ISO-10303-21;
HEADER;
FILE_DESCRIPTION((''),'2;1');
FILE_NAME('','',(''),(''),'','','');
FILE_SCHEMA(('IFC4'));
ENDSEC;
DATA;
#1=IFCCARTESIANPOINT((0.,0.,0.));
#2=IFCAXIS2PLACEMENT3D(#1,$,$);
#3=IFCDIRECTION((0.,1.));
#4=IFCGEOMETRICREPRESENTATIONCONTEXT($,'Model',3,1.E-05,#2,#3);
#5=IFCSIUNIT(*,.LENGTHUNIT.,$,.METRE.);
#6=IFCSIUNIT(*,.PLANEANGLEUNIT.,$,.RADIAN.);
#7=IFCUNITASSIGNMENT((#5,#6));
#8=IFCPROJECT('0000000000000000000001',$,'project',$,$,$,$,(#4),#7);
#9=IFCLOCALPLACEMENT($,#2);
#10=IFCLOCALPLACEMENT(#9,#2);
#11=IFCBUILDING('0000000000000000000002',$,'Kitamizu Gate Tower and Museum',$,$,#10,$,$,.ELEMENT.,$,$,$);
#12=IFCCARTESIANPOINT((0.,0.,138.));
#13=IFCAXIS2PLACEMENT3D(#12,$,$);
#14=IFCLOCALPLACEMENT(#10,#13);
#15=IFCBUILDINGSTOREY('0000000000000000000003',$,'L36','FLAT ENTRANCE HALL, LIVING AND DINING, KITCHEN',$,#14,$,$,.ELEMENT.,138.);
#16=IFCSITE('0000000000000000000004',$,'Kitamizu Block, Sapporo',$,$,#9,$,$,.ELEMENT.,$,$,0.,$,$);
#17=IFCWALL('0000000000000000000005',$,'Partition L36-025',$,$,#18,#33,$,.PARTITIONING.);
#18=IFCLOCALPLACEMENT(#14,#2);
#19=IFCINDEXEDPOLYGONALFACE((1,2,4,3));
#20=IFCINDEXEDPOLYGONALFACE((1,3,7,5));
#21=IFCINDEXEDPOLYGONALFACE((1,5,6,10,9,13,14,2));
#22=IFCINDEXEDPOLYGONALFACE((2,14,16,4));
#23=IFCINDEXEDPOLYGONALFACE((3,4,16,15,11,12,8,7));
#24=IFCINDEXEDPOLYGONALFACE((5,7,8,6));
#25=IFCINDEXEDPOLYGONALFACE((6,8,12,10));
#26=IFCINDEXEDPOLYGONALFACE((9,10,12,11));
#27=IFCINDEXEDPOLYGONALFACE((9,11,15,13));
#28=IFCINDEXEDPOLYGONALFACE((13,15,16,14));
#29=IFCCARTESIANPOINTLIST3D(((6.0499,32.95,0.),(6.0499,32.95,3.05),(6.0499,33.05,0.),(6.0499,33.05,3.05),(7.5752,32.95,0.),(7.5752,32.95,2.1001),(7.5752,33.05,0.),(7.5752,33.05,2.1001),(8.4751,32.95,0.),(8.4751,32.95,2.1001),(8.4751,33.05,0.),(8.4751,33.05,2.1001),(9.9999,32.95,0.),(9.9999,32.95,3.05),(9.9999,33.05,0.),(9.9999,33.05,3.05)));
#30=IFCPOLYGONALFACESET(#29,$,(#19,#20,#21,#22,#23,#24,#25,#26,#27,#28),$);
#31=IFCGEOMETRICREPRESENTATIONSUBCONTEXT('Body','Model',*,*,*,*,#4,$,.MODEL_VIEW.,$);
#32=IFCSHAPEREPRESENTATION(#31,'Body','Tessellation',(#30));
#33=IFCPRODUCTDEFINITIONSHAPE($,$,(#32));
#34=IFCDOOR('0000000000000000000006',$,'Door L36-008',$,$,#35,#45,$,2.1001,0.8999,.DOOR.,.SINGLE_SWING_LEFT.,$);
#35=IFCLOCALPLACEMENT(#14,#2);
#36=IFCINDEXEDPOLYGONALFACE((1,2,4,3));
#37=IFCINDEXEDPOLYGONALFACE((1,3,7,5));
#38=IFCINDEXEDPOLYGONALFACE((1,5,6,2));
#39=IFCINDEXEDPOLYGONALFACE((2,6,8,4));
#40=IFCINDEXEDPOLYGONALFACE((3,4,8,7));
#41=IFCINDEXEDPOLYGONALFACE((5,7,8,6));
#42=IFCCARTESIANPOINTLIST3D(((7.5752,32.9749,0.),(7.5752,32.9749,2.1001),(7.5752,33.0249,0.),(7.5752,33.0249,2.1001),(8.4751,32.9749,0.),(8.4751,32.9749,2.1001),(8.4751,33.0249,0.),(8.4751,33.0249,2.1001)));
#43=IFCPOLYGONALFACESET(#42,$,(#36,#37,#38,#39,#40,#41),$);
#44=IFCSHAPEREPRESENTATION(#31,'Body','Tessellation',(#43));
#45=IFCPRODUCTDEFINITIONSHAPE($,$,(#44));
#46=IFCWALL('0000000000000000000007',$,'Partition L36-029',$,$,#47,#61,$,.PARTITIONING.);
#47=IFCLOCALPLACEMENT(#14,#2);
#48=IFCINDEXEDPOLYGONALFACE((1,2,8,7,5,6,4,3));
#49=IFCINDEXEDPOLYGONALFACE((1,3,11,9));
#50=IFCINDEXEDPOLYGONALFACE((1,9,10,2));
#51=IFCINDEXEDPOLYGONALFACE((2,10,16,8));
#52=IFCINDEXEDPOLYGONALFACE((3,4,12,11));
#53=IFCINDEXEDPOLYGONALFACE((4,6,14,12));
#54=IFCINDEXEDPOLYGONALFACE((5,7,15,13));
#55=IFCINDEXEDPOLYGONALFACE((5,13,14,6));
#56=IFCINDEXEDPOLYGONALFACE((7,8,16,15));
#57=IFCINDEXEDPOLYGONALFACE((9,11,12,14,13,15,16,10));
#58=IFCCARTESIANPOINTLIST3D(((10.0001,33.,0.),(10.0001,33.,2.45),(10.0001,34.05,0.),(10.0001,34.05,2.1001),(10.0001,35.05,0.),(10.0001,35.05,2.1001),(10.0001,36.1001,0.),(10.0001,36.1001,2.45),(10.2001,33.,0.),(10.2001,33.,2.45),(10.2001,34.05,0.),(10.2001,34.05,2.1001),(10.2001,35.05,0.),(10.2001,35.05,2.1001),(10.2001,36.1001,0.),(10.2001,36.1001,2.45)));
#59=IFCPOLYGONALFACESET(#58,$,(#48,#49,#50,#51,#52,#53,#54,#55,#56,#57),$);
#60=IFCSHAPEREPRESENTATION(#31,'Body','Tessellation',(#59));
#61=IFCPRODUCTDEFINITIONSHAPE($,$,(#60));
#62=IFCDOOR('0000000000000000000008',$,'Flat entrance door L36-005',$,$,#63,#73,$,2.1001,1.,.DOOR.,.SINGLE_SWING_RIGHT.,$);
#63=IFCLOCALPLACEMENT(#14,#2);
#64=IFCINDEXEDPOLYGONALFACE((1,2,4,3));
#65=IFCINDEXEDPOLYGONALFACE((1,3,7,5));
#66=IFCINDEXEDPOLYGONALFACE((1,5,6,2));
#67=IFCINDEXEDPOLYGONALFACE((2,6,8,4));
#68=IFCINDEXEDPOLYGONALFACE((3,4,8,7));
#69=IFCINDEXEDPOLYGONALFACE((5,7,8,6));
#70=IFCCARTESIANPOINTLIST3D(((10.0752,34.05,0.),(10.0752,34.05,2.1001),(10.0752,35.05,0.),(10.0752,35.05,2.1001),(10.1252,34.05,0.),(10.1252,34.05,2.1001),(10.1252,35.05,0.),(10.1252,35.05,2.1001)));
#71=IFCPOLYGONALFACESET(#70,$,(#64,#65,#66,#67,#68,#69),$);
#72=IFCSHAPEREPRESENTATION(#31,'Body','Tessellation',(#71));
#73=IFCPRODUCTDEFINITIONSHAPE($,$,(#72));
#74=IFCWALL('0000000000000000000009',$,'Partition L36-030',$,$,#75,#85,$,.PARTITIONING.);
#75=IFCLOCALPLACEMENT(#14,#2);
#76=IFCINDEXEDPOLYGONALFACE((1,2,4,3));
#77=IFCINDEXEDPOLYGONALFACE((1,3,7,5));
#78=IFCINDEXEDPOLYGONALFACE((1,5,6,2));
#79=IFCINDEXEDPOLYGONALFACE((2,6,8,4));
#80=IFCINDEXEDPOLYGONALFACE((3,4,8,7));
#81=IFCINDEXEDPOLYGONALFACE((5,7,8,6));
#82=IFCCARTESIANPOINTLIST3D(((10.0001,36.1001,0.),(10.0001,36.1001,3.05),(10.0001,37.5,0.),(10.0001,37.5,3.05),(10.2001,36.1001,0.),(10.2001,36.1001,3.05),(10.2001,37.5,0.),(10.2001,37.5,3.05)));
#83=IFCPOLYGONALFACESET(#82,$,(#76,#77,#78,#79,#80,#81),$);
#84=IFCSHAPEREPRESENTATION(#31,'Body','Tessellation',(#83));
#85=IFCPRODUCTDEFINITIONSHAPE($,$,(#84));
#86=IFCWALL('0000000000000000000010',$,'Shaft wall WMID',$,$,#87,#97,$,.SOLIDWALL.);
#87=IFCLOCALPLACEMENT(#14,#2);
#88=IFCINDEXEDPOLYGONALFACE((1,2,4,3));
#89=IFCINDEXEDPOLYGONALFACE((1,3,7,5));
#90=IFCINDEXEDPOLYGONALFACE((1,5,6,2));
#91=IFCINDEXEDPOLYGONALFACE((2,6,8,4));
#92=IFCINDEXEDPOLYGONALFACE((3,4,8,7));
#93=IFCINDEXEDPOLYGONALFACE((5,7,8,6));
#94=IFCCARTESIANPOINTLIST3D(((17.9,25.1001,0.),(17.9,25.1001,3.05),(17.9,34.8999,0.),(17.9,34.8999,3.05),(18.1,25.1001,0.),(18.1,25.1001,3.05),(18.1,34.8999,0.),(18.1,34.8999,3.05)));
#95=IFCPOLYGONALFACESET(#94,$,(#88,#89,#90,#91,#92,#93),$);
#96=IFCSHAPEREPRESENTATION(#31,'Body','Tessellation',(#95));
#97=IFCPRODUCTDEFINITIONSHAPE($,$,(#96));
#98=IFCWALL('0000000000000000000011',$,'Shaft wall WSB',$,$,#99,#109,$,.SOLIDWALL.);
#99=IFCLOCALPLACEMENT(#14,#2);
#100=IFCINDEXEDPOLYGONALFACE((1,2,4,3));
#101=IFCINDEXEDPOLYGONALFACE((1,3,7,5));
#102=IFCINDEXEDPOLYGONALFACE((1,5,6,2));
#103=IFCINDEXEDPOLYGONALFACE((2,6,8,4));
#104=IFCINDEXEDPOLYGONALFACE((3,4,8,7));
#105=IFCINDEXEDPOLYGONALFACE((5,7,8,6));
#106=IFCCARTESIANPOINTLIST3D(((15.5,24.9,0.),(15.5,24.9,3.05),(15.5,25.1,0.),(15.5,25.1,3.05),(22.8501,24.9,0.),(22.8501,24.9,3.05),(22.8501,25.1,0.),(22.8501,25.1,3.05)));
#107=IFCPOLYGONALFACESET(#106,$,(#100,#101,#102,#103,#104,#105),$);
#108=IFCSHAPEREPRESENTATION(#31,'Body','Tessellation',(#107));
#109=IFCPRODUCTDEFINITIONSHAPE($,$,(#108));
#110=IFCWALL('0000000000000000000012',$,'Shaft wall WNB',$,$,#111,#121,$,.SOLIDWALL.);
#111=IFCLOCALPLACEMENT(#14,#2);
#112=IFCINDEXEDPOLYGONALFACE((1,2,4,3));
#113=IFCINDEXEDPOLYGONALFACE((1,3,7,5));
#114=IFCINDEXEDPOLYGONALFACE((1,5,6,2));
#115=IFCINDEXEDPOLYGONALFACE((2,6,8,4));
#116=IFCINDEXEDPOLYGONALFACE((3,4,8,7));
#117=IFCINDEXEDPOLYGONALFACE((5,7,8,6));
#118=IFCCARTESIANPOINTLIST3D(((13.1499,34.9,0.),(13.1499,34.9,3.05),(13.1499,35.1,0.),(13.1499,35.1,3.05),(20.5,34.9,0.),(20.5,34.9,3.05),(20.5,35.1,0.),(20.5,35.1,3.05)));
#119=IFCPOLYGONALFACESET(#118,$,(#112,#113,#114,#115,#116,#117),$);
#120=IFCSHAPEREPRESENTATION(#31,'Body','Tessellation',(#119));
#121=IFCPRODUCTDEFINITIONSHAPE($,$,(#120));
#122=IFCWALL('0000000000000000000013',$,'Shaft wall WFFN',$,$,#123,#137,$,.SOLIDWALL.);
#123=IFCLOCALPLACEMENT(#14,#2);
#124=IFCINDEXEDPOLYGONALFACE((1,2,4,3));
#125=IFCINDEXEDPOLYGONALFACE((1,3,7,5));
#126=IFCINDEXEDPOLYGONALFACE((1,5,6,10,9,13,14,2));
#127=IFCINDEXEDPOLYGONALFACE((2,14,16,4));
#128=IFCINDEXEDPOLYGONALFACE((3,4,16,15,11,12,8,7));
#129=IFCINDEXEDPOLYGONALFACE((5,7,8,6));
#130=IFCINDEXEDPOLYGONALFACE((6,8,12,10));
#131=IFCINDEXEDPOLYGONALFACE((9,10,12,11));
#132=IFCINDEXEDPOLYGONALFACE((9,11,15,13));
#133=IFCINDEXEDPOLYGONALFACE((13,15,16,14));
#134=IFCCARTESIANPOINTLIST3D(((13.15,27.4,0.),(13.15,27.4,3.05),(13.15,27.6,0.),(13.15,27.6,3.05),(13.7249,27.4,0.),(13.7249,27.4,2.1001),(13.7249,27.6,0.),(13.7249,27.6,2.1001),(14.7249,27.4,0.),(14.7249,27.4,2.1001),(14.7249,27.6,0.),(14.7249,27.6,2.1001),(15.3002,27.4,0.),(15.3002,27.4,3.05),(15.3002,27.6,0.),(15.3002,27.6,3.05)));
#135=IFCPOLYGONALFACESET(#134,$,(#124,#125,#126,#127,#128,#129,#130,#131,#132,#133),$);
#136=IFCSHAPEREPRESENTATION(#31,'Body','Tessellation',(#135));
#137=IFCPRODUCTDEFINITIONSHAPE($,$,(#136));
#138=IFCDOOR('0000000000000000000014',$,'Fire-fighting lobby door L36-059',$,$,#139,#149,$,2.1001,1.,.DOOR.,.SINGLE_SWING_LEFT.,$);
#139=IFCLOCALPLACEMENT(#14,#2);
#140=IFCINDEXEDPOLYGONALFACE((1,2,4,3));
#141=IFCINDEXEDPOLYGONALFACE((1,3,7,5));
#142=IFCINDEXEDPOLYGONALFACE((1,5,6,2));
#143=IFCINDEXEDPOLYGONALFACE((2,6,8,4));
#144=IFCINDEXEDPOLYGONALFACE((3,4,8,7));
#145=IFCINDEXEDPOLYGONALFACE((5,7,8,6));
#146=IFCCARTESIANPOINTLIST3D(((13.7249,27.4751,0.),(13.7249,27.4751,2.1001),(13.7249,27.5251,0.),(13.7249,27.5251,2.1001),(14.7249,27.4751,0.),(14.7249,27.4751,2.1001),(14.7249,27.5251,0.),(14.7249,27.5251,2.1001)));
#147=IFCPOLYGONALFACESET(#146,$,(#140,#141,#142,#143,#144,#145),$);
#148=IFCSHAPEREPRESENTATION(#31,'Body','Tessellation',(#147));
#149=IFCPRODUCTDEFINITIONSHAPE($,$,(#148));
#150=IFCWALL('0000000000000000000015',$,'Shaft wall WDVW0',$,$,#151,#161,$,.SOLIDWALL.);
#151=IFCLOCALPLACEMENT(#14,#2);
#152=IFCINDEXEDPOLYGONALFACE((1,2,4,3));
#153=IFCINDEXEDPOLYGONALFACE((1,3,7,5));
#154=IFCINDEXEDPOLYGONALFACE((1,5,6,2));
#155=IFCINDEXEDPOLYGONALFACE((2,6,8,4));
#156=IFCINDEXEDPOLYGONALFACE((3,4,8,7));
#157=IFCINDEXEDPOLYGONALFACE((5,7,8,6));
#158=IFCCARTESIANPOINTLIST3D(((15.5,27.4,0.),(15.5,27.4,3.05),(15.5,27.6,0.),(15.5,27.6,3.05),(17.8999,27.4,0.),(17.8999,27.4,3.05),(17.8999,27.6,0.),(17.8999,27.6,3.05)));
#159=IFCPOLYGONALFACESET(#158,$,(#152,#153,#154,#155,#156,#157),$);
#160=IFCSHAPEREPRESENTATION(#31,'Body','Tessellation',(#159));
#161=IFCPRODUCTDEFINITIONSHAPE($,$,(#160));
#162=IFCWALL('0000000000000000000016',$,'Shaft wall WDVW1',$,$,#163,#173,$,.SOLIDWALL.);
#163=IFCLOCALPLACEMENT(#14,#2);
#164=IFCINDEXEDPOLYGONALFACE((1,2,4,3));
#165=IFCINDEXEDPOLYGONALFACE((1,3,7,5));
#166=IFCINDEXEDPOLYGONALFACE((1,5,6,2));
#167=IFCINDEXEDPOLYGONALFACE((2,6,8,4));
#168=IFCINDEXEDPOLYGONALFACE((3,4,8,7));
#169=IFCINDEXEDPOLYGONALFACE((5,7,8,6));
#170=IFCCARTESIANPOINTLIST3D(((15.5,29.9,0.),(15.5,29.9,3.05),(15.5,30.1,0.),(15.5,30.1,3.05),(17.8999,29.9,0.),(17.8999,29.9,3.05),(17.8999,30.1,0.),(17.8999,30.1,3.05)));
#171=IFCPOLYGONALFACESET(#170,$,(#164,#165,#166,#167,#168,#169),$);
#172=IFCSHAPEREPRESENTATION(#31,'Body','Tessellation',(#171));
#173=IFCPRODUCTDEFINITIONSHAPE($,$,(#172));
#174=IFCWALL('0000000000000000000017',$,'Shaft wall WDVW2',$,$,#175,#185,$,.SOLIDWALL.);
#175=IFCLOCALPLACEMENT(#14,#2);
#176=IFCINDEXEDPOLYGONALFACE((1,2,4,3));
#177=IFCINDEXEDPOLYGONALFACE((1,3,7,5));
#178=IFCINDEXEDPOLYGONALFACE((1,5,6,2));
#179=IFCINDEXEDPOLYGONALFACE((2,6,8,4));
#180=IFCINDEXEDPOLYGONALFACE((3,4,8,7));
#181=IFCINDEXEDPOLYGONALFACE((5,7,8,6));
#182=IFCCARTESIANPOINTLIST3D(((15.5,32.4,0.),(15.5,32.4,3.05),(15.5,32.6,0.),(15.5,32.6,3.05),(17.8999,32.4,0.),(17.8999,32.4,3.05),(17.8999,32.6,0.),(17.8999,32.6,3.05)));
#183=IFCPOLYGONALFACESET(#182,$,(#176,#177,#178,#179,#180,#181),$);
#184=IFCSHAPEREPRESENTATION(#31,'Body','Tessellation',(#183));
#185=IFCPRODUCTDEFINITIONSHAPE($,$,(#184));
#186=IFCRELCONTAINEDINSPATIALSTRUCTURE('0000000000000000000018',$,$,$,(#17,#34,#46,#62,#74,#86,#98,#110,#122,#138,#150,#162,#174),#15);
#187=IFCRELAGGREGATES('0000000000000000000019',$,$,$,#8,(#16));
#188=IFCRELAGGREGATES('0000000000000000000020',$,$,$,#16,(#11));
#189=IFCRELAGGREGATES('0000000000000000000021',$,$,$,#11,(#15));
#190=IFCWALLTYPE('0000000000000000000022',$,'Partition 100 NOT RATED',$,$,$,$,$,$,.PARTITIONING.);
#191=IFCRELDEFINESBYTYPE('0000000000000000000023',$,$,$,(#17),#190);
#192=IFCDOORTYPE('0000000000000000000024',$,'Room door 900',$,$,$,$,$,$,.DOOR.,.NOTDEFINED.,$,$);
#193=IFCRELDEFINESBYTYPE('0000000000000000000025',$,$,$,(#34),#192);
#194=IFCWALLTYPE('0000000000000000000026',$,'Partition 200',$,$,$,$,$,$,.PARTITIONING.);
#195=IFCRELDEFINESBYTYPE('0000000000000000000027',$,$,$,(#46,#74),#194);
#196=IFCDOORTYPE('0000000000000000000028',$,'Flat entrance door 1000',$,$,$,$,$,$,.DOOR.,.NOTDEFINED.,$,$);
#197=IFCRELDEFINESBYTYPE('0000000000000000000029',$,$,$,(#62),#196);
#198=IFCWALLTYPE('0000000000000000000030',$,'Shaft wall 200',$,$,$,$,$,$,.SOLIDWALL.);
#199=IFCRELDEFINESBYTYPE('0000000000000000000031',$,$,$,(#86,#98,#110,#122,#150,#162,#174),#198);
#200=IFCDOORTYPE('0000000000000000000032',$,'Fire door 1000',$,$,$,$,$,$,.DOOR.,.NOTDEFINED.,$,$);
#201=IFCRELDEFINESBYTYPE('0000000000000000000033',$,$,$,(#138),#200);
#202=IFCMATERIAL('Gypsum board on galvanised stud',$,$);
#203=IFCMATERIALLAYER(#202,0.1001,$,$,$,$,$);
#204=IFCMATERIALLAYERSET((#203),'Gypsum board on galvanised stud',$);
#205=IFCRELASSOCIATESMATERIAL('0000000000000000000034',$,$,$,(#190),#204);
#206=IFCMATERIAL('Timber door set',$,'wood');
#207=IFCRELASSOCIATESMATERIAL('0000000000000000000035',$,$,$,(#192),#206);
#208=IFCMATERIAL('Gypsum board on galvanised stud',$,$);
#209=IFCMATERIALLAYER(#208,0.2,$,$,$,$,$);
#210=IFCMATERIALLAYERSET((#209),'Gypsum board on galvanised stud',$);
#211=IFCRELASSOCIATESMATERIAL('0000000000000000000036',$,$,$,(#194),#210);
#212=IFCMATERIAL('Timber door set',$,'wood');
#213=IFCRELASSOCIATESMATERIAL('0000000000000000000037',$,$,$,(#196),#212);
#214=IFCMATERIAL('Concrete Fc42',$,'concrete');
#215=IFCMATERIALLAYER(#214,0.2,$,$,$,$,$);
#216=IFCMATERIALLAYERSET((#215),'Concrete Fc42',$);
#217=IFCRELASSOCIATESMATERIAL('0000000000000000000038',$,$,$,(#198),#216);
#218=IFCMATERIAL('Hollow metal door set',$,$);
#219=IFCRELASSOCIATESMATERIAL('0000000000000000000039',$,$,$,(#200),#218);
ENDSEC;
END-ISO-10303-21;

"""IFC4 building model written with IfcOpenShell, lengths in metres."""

from ifc_helpers import new_model, si_unit, direction, frame, frame_2d, origin, place, context, subcontext, project, spatial, rectangle, extrude, material, layer, layer_set, type_object, element, fill, save


model = new_model("IFC4")

# Units and contexts
model_context = context("Model", 3, precision=1e-05, world=origin(), true_north=direction((0.0, 1.0)))
body_context = subcontext(model_context, "Body", "Model", "MODEL_VIEW")
ifc_project = project(units=[si_unit("LENGTHUNIT", "METRE"), si_unit("PLANEANGLEUNIT", "RADIAN")], contexts=[model_context])

# Site, building, storey
site_placement = place(None, origin())
site = spatial("IfcSite", under=ifc_project, at=site_placement, Name="Kitamizu Block, Sapporo", CompositionType="ELEMENT", RefElevation=0.0)
building_placement = place(site_placement, origin())
building = spatial("IfcBuilding", under=site, at=building_placement, Name="Kitamizu Gate Tower and Museum", CompositionType="ELEMENT")
storey_placement = place(building_placement, frame((0.0, 0.0, 138.0)))
storey = spatial("IfcBuildingStorey", under=building, at=storey_placement, Name="L36", Description="FLAT ENTRANCE HALL, LIVING AND DINING, KITCHEN", CompositionType="ELEMENT", Elevation=138.0)

# Shared definitions
ifc_material_1 = material(Name="Gypsum board on galvanised stud")
ifc_layer_1 = layer(ifc_material_1, 0.1001)
ifc_layer_set_1 = layer_set([ifc_layer_1], Name="Gypsum board on galvanised stud")
wall_type_1 = type_object("IfcWallType", Name="Partition 100 NOT RATED", PredefinedType="PARTITIONING", material=ifc_layer_set_1)

# Walls, openings, doors
ifc_material_2 = material(Name="Timber door set", Category="wood")
door_type_1 = type_object("IfcDoorType", Name="Room door 900", OperationType="NOTDEFINED", PredefinedType="DOOR", material=ifc_material_2)
wall_1_placement = place(storey_placement, frame((10.0, 33.0, 0.0), z_axis=(0.0, 0.0, 1.0), x_axis=(-1.0, 0.0, 0.0)))
wall_1 = element("IfcWall", 1, at=wall_1_placement, inside=storey, type_object=wall_type_1, Name="Partition L36-025", PredefinedType="PARTITIONING", context=body_context, shape_type="SweptSolid", body=[
    extrude(rectangle(XDim=3.95, YDim=0.1001, at=frame_2d((1.9751, 0.0))), origin(), (0.0, 0.0, 1.0), 3.05),
])
opening_1_placement = place(wall_1_placement, frame((1.5249, 0.0, 0.0)))
opening_1 = element("IfcOpeningElement", 2, at=opening_1_placement, cuts=wall_1, PredefinedType="OPENING", context=body_context, shape_type="SweptSolid", body=[
    extrude(rectangle(XDim=0.8999, YDim=2.1001, at=frame_2d((0.45, 1.05))), frame((0.0, 0.0601, 0.0), z_axis=(0.0, -1.0, 0.0), x_axis=(1.0, 0.0, 0.0)), (0.0, 0.0, 1.0), 0.1201),
])
door_1_placement = place(opening_1_placement, frame((0.8999, 0.0, 0.0), x_axis=(-1.0, 0.0, 0.0)))
door_1 = element("IfcDoor", 3, at=door_1_placement, inside=storey, type_object=door_type_1, Name="Door L36-008", OperationType="SINGLE_SWING_LEFT", OverallHeight=2.1001, OverallWidth=0.8999, PredefinedType="DOOR", context=body_context, shape_type="SweptSolid", body=[
    extrude(rectangle(XDim=0.8999, YDim=2.1001, at=frame_2d((0.45, 1.05))), frame((0.0, 0.0249, 0.0), z_axis=(0.0, -1.0, 0.0), x_axis=(1.0, 0.0, 0.0)), (0.0, 0.0, 1.0), 0.05),
])
fill(opening_1, door_1)
ifc_material_3 = material(Name="Gypsum board on galvanised stud")
ifc_layer_2 = layer(ifc_material_3, 0.2)
ifc_layer_set_2 = layer_set([ifc_layer_2], Name="Gypsum board on galvanised stud")
wall_type_2 = type_object("IfcWallType", Name="Partition 200", PredefinedType="PARTITIONING", material=ifc_layer_set_2)
wall_2_placement = place(storey_placement, frame((10.1001, 33.0, 0.0), z_axis=(0.0, 0.0, 1.0), x_axis=(0.0, 1.0, 0.0)))
wall_2 = element("IfcWall", 4, at=wall_2_placement, inside=storey, type_object=wall_type_2, Name="Partition L36-029", PredefinedType="PARTITIONING", context=body_context, shape_type="SweptSolid", body=[
    extrude(rectangle(XDim=3.1001, YDim=0.2, at=frame_2d((1.55, 0.0))), origin(), (0.0, 0.0, 1.0), 2.45),
])
opening_2_placement = place(wall_2_placement, frame((1.05, 0.0, 0.0)))
opening_2 = element("IfcOpeningElement", 5, at=opening_2_placement, cuts=wall_2, PredefinedType="OPENING", context=body_context, shape_type="SweptSolid", body=[
    extrude(rectangle(XDim=1.0, YDim=2.1001, at=frame_2d((0.5, 1.05))), frame((0.0, 0.1099, 0.0), z_axis=(0.0, -1.0, 0.0), x_axis=(1.0, 0.0, 0.0)), (0.0, 0.0, 1.0), 0.22),
])
ifc_material_4 = material(Name="Timber door set", Category="wood")
door_type_2 = type_object("IfcDoorType", Name="Flat entrance door 1000", OperationType="NOTDEFINED", PredefinedType="DOOR", material=ifc_material_4)
door_2_placement = place(opening_2_placement, origin())
door_2 = element("IfcDoor", 6, at=door_2_placement, inside=storey, type_object=door_type_2, Name="Flat entrance door L36-005", OperationType="SINGLE_SWING_RIGHT", OverallHeight=2.1001, OverallWidth=1.0, PredefinedType="DOOR", context=body_context, shape_type="SweptSolid", body=[
    extrude(rectangle(XDim=1.0, YDim=2.1001, at=frame_2d((0.5, 1.05))), frame((0.0, 0.0249, 0.0), z_axis=(0.0, -1.0, 0.0), x_axis=(1.0, 0.0, 0.0)), (0.0, 0.0, 1.0), 0.05),
])
fill(opening_2, door_2)

# Walls
wall_3_placement = place(storey_placement, frame((10.1001, 36.1001, 0.0), z_axis=(0.0, 0.0, 1.0), x_axis=(0.0, 1.0, 0.0)))
element("IfcWall", 7, at=wall_3_placement, inside=storey, type_object=wall_type_2, Name="Partition L36-030", PredefinedType="PARTITIONING", context=body_context, shape_type="SweptSolid", body=[
    extrude(rectangle(XDim=1.3999, YDim=0.2, at=frame_2d((0.7, 0.0))), origin(), (0.0, 0.0, 1.0), 3.05),
])
ifc_material_5 = material(Name="Concrete Fc42", Category="concrete")
ifc_layer_3 = layer(ifc_material_5, 0.2)
ifc_layer_set_3 = layer_set([ifc_layer_3], Name="Concrete Fc42")
wall_type_3 = type_object("IfcWallType", Name="Shaft wall 200", PredefinedType="SOLIDWALL", material=ifc_layer_set_3)
wall_4_placement = place(storey_placement, frame((18.0, 25.1001, 0.0), z_axis=(0.0, 0.0, 1.0), x_axis=(0.0, 1.0, 0.0)))
element("IfcWall", 8, at=wall_4_placement, inside=storey, type_object=wall_type_3, Name="Shaft wall WMID", PredefinedType="SOLIDWALL", context=body_context, shape_type="SweptSolid", body=[
    extrude(rectangle(XDim=9.7998, YDim=0.2, at=frame_2d((4.8999, 0.0))), origin(), (0.0, 0.0, 1.0), 3.05),
])
for number, where, z_axis, x_axis, name in (
    (9, (15.5, 25.0, 0.0), (0.0, 0.0, 1.0), (1.0, 0.0, 0.0), "Shaft wall WSB"),
    (10, (13.1499, 35.0, 0.0), (0.0, 0.0, 1.0), (1.0, 0.0, 0.0), "Shaft wall WNB"),
):
    element("IfcWall", number, at=place(storey_placement, frame(where, z_axis=z_axis, x_axis=x_axis)), inside=storey, type_object=wall_type_3, Name=name, PredefinedType="SOLIDWALL", context=body_context, shape_type="SweptSolid", body=[
        extrude(rectangle(XDim=7.3501, YDim=0.2, at=frame_2d((3.675, 0.0))), origin(), (0.0, 0.0, 1.0), 3.05),
    ])

# Wall, opening, door
wall_5_placement = place(storey_placement, frame((13.1499, 27.5, 0.0), z_axis=(0.0, 0.0, 1.0), x_axis=(1.0, 0.0, 0.0)))
wall_5 = element("IfcWall", 11, at=wall_5_placement, inside=storey, type_object=wall_type_3, Name="Shaft wall WFFN", PredefinedType="SOLIDWALL", context=body_context, shape_type="SweptSolid", body=[
    extrude(rectangle(XDim=2.1501, YDim=0.2, at=frame_2d((1.0752, 0.0))), origin(), (0.0, 0.0, 1.0), 3.05),
])
opening_3_placement = place(wall_5_placement, frame((0.575, 0.0, 0.0)))
opening_3 = element("IfcOpeningElement", 12, at=opening_3_placement, cuts=wall_5, PredefinedType="OPENING", context=body_context, shape_type="SweptSolid", body=[
    extrude(rectangle(XDim=1.0, YDim=2.1001, at=frame_2d((0.5, 1.05))), frame((0.0, 0.1099, 0.0), z_axis=(0.0, -1.0, 0.0), x_axis=(1.0, 0.0, 0.0)), (0.0, 0.0, 1.0), 0.22),
])
ifc_material_6 = material(Name="Hollow metal door set")
door_type_3 = type_object("IfcDoorType", Name="Fire door 1000", OperationType="NOTDEFINED", PredefinedType="DOOR", material=ifc_material_6)
door_3_placement = place(opening_3_placement, frame((1.0, 0.0, 0.0), x_axis=(-1.0, 0.0, 0.0)))
door_3 = element("IfcDoor", 13, at=door_3_placement, inside=storey, type_object=door_type_3, Name="Fire-fighting lobby door L36-059", OperationType="SINGLE_SWING_LEFT", OverallHeight=2.1001, OverallWidth=1.0, PredefinedType="DOOR", context=body_context, shape_type="SweptSolid", body=[
    extrude(rectangle(XDim=1.0, YDim=2.1001, at=frame_2d((0.5, 1.05))), frame((0.0, 0.0249, 0.0), z_axis=(0.0, -1.0, 0.0), x_axis=(1.0, 0.0, 0.0)), (0.0, 0.0, 1.0), 0.05),
])
fill(opening_3, door_3)

# Walls
for number, where, z_axis, x_axis, name in (
    (14, (15.5, 27.5, 0.0), (0.0, 0.0, 1.0), (1.0, 0.0, 0.0), "Shaft wall WDVW0"),
    (15, (15.5, 30.0, 0.0), (0.0, 0.0, 1.0), (1.0, 0.0, 0.0), "Shaft wall WDVW1"),
    (16, (15.5, 32.5, 0.0), (0.0, 0.0, 1.0), (1.0, 0.0, 0.0), "Shaft wall WDVW2"),
):
    element("IfcWall", number, at=place(storey_placement, frame(where, z_axis=z_axis, x_axis=x_axis)), inside=storey, type_object=wall_type_3, Name=name, PredefinedType="SOLIDWALL", context=body_context, shape_type="SweptSolid", body=[
        extrude(rectangle(XDim=2.3999, YDim=0.2, at=frame_2d((1.2, 0.0))), origin(), (0.0, 0.0, 1.0), 3.05),
    ])

save(model, "model.ifc")
